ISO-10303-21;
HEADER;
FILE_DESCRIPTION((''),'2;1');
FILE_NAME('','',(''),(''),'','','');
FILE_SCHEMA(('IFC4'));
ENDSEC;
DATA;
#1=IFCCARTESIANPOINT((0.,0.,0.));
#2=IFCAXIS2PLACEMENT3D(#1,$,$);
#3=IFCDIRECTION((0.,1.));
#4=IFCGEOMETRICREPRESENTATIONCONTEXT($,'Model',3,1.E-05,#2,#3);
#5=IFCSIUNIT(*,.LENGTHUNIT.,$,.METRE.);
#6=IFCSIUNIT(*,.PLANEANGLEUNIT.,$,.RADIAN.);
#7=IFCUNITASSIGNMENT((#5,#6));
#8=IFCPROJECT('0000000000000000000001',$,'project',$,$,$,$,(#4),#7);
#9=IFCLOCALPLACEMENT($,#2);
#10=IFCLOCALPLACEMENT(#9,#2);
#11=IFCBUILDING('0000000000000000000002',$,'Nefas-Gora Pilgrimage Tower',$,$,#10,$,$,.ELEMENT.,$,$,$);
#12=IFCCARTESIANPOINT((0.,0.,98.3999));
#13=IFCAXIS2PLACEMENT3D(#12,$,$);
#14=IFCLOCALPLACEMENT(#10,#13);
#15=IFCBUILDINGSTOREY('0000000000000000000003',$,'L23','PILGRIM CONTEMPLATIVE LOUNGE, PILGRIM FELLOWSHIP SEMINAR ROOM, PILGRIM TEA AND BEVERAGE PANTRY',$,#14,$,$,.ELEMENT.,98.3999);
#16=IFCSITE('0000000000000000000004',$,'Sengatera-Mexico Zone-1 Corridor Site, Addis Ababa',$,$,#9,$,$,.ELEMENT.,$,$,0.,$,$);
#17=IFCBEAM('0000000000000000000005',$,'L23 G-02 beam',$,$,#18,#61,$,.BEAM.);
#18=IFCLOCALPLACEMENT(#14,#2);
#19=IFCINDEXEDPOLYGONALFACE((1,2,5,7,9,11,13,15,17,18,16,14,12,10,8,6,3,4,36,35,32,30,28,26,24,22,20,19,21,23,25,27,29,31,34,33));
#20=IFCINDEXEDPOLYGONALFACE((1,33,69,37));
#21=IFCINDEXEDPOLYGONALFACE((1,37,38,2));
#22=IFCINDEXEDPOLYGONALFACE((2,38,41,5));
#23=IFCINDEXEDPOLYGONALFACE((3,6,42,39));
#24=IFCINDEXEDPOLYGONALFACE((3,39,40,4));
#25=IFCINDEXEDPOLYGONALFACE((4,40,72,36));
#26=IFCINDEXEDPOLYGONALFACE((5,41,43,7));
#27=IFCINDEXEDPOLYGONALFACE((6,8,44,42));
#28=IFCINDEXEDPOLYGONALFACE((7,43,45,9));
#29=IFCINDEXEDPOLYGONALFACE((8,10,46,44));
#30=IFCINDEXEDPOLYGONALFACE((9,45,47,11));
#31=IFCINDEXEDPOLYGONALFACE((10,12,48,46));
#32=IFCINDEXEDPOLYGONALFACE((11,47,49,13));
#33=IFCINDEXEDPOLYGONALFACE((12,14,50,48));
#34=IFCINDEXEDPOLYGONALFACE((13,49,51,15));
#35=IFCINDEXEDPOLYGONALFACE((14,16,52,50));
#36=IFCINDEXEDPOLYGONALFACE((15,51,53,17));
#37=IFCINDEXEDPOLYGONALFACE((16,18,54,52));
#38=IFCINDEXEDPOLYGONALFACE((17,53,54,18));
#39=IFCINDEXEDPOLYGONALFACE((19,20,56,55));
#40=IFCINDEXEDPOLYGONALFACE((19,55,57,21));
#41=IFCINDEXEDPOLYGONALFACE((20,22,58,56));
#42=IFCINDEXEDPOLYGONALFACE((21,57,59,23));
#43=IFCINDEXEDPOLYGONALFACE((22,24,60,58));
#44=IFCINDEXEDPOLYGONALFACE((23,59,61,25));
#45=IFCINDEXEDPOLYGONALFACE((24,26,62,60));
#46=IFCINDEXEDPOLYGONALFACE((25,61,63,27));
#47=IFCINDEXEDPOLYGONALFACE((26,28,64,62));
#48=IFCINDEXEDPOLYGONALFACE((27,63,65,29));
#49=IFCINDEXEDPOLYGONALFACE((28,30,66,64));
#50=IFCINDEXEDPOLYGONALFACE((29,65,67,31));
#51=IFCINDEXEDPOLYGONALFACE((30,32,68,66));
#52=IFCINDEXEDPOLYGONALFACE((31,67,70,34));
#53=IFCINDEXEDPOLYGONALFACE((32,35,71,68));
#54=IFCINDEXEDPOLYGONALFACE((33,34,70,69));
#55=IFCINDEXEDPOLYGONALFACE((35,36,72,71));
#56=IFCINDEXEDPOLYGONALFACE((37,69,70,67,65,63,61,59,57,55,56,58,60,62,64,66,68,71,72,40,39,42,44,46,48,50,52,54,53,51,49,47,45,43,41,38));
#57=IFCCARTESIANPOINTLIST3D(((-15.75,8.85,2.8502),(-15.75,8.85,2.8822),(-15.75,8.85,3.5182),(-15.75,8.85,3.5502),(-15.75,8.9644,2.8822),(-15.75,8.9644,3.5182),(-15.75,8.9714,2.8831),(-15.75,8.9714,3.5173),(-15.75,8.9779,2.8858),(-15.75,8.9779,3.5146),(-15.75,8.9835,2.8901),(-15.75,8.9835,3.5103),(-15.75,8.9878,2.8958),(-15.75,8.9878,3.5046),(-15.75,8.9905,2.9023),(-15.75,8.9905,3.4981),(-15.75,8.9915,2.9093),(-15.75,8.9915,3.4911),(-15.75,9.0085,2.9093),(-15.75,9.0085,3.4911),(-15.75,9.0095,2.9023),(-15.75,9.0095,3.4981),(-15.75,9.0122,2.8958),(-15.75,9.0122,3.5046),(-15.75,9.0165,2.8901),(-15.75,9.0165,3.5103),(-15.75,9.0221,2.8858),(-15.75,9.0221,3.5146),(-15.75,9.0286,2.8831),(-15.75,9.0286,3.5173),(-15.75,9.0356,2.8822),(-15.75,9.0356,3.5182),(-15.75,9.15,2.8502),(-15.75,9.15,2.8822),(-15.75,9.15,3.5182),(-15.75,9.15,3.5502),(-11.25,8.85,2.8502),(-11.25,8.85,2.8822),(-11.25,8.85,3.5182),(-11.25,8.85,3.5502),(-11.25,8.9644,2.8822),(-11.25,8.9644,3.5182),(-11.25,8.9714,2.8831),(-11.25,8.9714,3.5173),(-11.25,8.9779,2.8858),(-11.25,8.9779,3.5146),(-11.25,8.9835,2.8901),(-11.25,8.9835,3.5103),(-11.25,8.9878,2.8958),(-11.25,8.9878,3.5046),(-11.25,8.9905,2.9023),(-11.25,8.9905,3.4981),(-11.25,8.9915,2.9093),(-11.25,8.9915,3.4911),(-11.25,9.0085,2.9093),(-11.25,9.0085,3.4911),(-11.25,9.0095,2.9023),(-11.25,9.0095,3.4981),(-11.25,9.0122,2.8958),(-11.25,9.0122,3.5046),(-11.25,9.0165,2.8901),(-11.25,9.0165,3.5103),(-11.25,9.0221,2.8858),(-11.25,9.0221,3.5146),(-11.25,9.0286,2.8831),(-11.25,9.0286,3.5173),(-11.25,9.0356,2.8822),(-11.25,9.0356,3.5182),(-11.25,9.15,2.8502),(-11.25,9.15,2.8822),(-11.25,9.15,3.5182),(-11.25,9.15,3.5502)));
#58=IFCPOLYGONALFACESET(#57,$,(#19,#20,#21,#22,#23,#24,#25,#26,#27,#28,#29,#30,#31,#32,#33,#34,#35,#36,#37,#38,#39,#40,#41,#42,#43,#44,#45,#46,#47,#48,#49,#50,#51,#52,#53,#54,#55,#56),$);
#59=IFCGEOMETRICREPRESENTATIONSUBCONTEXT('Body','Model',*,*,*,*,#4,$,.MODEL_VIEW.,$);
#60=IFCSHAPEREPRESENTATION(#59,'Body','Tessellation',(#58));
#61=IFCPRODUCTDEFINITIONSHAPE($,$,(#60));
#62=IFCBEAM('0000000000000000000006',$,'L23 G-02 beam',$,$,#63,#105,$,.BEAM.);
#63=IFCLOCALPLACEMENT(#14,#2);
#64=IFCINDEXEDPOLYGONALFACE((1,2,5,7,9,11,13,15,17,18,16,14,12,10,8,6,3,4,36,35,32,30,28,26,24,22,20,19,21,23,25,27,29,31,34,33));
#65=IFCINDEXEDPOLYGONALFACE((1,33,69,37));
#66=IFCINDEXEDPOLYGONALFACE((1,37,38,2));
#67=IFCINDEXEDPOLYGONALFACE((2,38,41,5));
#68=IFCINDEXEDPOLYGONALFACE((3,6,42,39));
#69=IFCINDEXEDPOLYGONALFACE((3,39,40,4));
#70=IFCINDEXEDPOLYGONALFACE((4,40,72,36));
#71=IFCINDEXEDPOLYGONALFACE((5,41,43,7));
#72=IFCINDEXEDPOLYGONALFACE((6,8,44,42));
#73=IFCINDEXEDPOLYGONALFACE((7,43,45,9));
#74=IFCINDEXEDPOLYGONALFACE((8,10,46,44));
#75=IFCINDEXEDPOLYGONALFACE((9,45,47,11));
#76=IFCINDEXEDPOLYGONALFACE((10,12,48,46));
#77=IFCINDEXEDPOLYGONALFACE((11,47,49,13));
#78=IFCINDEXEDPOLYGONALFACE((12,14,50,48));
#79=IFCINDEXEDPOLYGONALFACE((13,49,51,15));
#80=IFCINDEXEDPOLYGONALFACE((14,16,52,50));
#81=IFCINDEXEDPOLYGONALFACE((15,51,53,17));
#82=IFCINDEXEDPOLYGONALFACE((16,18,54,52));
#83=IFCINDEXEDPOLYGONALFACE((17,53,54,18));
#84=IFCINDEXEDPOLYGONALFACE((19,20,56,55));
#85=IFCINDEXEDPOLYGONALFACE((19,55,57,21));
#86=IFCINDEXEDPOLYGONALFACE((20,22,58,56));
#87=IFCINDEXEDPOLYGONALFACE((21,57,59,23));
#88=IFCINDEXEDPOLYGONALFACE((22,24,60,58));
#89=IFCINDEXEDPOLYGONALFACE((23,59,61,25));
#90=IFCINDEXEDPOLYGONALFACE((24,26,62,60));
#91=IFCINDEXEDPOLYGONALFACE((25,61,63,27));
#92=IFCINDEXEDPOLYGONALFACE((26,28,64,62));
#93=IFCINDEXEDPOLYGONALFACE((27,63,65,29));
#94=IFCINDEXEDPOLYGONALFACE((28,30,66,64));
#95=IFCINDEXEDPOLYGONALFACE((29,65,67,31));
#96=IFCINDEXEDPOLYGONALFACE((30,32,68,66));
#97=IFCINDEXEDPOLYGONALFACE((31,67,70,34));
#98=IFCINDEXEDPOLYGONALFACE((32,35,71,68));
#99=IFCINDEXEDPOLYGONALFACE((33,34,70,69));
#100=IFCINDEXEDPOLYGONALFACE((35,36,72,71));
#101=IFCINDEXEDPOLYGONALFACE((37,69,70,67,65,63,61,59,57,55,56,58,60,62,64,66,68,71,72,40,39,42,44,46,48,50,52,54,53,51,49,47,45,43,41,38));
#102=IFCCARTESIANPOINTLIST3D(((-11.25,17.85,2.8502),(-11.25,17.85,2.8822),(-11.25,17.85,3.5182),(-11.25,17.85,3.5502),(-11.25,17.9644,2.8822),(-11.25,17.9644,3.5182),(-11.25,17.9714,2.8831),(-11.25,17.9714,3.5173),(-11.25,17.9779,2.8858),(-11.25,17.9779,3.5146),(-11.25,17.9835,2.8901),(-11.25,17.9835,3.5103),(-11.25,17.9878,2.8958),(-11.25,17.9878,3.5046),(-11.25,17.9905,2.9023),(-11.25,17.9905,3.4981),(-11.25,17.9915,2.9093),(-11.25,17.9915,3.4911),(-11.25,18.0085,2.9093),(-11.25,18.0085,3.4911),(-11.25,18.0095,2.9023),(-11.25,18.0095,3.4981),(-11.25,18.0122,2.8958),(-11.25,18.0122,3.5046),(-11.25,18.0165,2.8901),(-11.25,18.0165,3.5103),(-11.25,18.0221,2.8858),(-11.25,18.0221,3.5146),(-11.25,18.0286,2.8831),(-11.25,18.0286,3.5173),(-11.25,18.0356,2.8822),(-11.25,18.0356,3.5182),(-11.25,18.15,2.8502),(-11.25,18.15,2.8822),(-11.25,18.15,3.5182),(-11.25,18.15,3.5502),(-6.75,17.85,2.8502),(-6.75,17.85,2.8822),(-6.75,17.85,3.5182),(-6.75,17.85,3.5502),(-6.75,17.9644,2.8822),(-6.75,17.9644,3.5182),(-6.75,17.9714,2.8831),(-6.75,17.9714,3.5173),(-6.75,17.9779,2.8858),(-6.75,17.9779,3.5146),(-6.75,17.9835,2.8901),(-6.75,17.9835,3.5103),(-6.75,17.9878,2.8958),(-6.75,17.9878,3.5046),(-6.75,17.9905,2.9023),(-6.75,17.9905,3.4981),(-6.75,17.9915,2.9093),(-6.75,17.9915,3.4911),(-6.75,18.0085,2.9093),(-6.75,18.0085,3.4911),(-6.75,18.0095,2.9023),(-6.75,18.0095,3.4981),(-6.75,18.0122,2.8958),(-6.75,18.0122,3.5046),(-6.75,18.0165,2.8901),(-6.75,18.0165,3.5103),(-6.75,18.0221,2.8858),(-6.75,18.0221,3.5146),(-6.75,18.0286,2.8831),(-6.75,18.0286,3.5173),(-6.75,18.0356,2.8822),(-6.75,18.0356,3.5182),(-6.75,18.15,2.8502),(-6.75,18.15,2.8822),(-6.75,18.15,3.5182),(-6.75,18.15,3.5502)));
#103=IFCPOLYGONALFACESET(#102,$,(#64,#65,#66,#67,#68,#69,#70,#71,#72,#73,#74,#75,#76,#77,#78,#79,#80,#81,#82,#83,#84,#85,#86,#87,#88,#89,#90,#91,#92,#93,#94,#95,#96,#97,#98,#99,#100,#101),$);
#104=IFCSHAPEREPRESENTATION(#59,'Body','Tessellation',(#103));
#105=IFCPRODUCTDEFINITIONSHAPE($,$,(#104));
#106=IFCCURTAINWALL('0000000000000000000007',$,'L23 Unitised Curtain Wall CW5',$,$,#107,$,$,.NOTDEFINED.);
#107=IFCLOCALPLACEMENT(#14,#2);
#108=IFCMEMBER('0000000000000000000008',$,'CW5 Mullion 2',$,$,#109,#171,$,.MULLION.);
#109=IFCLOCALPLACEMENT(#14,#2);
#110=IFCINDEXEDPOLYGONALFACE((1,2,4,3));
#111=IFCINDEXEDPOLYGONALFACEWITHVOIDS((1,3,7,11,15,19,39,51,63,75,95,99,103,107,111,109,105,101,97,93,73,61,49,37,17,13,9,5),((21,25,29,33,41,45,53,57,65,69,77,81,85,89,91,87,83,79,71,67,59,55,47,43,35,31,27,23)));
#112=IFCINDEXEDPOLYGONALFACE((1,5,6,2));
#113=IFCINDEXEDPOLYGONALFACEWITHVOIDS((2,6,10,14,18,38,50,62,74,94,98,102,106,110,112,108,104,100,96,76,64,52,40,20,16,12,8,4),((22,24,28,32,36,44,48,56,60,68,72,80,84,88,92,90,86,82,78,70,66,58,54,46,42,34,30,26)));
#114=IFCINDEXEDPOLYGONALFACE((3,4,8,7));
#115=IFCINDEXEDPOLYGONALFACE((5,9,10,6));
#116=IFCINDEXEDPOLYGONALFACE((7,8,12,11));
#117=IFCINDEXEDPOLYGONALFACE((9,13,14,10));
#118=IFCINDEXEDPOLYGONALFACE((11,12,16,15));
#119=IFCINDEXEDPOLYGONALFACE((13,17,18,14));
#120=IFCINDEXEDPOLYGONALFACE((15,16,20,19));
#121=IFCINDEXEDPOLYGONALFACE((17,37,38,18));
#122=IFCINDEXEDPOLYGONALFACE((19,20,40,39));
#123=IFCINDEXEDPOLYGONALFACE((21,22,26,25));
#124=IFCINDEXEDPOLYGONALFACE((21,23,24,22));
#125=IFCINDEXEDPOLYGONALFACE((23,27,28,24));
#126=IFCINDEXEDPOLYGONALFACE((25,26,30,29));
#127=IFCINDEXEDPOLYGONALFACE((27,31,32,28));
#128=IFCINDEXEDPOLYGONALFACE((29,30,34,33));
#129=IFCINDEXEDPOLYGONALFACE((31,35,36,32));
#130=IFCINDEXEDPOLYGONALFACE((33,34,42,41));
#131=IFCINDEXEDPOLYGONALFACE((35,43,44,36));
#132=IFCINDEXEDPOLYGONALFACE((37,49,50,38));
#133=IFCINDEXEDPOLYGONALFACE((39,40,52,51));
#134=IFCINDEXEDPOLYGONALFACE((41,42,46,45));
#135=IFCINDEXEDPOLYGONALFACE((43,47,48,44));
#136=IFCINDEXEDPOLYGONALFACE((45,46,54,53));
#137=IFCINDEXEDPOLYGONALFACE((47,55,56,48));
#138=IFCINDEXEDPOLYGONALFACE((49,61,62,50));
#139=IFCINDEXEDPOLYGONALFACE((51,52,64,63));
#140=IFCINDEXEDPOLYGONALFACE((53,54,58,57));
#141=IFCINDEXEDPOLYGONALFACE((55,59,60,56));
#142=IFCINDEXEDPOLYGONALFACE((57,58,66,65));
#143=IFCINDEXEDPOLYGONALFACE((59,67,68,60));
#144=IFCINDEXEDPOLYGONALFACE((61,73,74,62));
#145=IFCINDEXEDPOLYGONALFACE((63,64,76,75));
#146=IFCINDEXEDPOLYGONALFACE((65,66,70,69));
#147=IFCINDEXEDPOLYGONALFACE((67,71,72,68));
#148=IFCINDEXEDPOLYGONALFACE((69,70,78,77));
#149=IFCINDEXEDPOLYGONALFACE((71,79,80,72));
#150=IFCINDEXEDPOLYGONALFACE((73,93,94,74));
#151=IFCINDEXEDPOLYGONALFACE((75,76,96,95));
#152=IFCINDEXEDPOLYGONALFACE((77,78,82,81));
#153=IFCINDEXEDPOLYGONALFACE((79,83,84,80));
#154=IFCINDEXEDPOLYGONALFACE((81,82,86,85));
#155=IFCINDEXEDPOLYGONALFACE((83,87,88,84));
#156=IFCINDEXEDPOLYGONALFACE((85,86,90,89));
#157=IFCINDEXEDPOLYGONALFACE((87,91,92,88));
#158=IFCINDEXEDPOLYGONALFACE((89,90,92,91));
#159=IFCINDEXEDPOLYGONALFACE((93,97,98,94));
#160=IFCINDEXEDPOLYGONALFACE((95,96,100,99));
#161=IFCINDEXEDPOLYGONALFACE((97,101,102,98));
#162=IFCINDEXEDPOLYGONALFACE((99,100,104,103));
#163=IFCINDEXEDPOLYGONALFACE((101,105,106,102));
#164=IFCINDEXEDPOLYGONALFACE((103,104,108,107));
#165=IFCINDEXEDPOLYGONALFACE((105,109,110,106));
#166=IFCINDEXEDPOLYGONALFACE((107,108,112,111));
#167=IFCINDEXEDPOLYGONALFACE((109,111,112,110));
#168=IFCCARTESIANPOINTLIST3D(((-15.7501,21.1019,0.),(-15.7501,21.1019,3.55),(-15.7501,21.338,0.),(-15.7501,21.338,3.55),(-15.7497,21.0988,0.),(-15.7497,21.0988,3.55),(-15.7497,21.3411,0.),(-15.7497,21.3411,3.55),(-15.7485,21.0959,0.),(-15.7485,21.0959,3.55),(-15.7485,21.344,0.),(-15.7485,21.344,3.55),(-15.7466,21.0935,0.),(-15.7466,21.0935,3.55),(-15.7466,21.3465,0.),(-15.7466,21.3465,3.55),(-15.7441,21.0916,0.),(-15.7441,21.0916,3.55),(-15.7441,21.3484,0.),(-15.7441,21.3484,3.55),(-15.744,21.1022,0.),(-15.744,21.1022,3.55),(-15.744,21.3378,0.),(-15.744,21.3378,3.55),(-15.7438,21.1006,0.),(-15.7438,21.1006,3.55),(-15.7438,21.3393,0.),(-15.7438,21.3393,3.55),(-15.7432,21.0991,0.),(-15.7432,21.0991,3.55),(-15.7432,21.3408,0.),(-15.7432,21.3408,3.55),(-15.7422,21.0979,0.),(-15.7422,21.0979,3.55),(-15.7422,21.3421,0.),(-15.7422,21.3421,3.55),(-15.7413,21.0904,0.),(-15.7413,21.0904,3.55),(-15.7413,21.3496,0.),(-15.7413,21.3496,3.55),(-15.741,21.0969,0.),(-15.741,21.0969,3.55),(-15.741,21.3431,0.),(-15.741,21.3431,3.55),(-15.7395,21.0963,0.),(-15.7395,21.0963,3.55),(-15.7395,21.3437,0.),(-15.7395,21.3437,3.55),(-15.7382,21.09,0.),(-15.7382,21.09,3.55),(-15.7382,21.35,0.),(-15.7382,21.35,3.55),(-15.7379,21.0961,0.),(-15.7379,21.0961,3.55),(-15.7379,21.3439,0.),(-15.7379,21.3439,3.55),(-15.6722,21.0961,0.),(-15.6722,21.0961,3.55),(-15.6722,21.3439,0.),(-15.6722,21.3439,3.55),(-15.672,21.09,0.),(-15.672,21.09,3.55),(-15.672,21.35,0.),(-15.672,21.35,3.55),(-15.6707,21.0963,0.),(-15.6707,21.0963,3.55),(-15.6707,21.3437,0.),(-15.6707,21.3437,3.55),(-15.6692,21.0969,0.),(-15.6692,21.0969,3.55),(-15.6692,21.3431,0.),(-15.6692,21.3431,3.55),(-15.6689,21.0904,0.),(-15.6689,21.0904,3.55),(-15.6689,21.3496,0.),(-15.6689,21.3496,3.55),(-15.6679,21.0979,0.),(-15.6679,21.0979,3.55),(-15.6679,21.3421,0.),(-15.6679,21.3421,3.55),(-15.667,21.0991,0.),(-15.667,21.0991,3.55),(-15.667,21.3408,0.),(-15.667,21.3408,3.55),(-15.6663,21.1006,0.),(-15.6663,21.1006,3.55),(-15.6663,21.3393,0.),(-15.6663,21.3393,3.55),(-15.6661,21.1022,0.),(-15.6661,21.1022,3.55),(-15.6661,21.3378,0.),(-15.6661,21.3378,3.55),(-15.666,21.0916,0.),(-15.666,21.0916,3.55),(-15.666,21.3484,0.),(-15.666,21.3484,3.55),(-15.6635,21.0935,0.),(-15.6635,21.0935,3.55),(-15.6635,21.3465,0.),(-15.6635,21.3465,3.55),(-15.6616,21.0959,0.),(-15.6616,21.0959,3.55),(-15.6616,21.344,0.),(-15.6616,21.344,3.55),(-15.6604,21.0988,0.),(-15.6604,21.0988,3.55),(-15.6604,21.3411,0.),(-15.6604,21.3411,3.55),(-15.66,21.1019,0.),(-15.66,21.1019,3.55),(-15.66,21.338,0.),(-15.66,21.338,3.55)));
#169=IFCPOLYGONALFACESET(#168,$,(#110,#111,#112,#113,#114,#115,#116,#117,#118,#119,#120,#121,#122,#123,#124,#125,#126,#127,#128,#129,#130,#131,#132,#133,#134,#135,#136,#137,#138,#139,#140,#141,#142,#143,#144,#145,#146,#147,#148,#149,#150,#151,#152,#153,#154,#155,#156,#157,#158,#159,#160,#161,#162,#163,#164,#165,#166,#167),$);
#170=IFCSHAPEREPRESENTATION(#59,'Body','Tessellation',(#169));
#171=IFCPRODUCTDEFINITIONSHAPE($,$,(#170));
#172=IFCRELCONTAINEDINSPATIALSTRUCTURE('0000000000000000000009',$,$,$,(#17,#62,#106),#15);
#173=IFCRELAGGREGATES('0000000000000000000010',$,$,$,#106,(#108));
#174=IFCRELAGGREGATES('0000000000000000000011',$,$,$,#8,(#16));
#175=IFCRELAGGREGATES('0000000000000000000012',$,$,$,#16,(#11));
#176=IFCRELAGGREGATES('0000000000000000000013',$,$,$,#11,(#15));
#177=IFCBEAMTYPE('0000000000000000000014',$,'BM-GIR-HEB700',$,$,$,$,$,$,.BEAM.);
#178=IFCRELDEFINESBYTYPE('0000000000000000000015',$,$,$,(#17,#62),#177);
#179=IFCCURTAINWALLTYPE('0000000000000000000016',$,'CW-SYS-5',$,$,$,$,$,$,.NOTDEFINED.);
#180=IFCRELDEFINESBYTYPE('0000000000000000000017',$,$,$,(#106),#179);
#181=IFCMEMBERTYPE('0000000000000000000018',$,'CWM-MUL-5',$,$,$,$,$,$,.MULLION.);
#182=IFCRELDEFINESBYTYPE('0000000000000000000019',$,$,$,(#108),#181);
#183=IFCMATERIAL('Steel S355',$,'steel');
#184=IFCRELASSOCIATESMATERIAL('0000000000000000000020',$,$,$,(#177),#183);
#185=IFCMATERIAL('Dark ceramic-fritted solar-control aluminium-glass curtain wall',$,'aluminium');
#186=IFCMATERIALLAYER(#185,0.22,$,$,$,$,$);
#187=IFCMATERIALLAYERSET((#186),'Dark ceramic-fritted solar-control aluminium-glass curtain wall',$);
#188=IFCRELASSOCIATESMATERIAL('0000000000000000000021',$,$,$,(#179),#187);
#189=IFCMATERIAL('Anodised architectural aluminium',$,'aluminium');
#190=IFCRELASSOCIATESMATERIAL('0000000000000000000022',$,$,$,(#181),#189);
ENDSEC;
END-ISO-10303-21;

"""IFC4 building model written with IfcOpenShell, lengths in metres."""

from ifc_helpers import new_model, si_unit, direction, frame, origin, origin_2d, place, context, subcontext, project, spatial, hollow_rectangle, i_section, extrude, source, transform, mapped, material, layer, layer_set, material_profile, profile_set, type_object, element, aggregate, save


model = new_model("IFC4")

# Units and contexts
model_context = context("Model", 3, precision=1e-05, world=origin(), true_north=direction((0.0, 1.0)))
body_context = subcontext(model_context, "Body", "Model", "MODEL_VIEW")
ifc_project = project(units=[si_unit("LENGTHUNIT", "METRE"), si_unit("PLANEANGLEUNIT", "RADIAN")], contexts=[model_context])

# Site, building, storey
site_placement = place(None, origin())
site = spatial("IfcSite", under=ifc_project, at=site_placement, Name="Sengatera-Mexico Zone-1 Corridor Site, Addis Ababa", CompositionType="ELEMENT", RefElevation=0.0)
building_placement = place(site_placement, origin())
building = spatial("IfcBuilding", under=site, at=building_placement, Name="Nefas-Gora Pilgrimage Tower", CompositionType="ELEMENT")
storey_placement = place(building_placement, frame((0.0, 0.0, 98.3999)))
storey = spatial("IfcBuildingStorey", under=building, at=storey_placement, Name="L23", Description="PILGRIM CONTEMPLATIVE LOUNGE, PILGRIM FELLOWSHIP SEMINAR ROOM, PILGRIM TEA AND BEVERAGE PANTRY", CompositionType="ELEMENT", Elevation=98.3999)

# Beams
ifc_material_1 = material(Name="Steel S355", Category="steel")
ifc_material_profile_1 = material_profile(ifc_material_1, i_section(OverallWidth=0.3, OverallDepth=0.7, WebThickness=0.0171, FlangeThickness=0.032, FilletRadius=0.0271, at=origin_2d()), Name="HEB 700")
ifc_profile_set_1 = profile_set([ifc_material_profile_1], Name="Steel S355")
beam_type_1 = type_object("IfcBeamType", Name="BM-GIR-HEB700", PredefinedType="BEAM", material=ifc_profile_set_1)
shared_shape_1 = source(origin(), body_context, "Body", "SweptSolid", [
    extrude(i_section(OverallWidth=0.3, OverallDepth=0.7, WebThickness=0.0171, FlangeThickness=0.032, FilletRadius=0.0271, at=origin_2d()), origin(), (0.0, 0.0, 1.0), 4.5),
])
for number, where, z_axis, x_axis, name in (
    (1, (-15.75, 9.0, 3.2002), (1.0, 0.0, 0.0), (0.0, 1.0, 0.0), "L23 G-02 beam"),
    (2, (-11.25, 18.0, 3.2002), (1.0, 0.0, 0.0), (0.0, 1.0, 0.0), "L23 G-02 beam"),
):
    element("IfcBeam", number, at=place(storey_placement, frame(where, z_axis=z_axis, x_axis=x_axis)), inside=storey, type_object=beam_type_1, Name=name, PredefinedType="BEAM", context=body_context, shape_type="MappedRepresentation", body=[
        mapped(shared_shape_1, transform((0.0, 0.0, 0.0), x_axis=(1.0, 0.0, 0.0), y_axis=(0.0, 1.0, 0.0), z_axis=(0.0, 0.0, 1.0), scale=1.0)),
    ])

# Curtain wall, member
ifc_material_2 = material(Name="Dark ceramic-fritted solar-control aluminium-glass curtain wall", Category="aluminium")
ifc_layer_1 = layer(ifc_material_2, 0.22)
ifc_layer_set_1 = layer_set([ifc_layer_1], Name="Dark ceramic-fritted solar-control aluminium-glass curtain wall")
curtain_wall_type_1 = type_object("IfcCurtainWallType", Name="CW-SYS-5", PredefinedType="NOTDEFINED", material=ifc_layer_set_1)
curtain_wall_1_placement = place(storey_placement, origin())
curtain_wall_1 = element("IfcCurtainWall", 3, at=curtain_wall_1_placement, inside=storey, type_object=curtain_wall_type_1, Name="L23 Unitised Curtain Wall CW5", PredefinedType="NOTDEFINED")
ifc_material_3 = material(Name="Anodised architectural aluminium", Category="aluminium")
ifc_material_profile_2 = material_profile(ifc_material_3, hollow_rectangle(XDim=0.0901, YDim=0.26, WallThickness=0.0061, InnerFilletRadius=0.0061, OuterFilletRadius=0.012, at=origin_2d()), Name="ALU MULLION 90x260")
ifc_profile_set_2 = profile_set([ifc_material_profile_2], Name="Anodised architectural aluminium")
member_type_1 = type_object("IfcMemberType", Name="CWM-MUL-5", PredefinedType="MULLION", material=ifc_profile_set_2)
shared_shape_2 = source(origin(), body_context, "Body", "SweptSolid", [
    extrude(hollow_rectangle(XDim=0.0901, YDim=0.26, WallThickness=0.0061, InnerFilletRadius=0.0061, OuterFilletRadius=0.012, at=origin_2d()), origin(), (0.0, 0.0, 1.0), 3.55),
])
member_1_placement = place(storey_placement, frame((-15.7051, 21.22, 0.0), z_axis=(0.0, 0.0, 1.0), x_axis=(-1.0, 0.0, 0.0)))
member_1 = element("IfcMember", 4, at=member_1_placement, type_object=member_type_1, Name="CW5 Mullion 2", PredefinedType="MULLION", context=body_context, shape_type="MappedRepresentation", body=[
    mapped(shared_shape_2, transform((0.0, 0.0, 0.0), x_axis=(1.0, 0.0, 0.0), y_axis=(0.0, 1.0, 0.0), z_axis=(0.0, 0.0, 1.0), scale=1.0)),
])

aggregate(curtain_wall_1, [member_1])

save(model, "model.ifc")
